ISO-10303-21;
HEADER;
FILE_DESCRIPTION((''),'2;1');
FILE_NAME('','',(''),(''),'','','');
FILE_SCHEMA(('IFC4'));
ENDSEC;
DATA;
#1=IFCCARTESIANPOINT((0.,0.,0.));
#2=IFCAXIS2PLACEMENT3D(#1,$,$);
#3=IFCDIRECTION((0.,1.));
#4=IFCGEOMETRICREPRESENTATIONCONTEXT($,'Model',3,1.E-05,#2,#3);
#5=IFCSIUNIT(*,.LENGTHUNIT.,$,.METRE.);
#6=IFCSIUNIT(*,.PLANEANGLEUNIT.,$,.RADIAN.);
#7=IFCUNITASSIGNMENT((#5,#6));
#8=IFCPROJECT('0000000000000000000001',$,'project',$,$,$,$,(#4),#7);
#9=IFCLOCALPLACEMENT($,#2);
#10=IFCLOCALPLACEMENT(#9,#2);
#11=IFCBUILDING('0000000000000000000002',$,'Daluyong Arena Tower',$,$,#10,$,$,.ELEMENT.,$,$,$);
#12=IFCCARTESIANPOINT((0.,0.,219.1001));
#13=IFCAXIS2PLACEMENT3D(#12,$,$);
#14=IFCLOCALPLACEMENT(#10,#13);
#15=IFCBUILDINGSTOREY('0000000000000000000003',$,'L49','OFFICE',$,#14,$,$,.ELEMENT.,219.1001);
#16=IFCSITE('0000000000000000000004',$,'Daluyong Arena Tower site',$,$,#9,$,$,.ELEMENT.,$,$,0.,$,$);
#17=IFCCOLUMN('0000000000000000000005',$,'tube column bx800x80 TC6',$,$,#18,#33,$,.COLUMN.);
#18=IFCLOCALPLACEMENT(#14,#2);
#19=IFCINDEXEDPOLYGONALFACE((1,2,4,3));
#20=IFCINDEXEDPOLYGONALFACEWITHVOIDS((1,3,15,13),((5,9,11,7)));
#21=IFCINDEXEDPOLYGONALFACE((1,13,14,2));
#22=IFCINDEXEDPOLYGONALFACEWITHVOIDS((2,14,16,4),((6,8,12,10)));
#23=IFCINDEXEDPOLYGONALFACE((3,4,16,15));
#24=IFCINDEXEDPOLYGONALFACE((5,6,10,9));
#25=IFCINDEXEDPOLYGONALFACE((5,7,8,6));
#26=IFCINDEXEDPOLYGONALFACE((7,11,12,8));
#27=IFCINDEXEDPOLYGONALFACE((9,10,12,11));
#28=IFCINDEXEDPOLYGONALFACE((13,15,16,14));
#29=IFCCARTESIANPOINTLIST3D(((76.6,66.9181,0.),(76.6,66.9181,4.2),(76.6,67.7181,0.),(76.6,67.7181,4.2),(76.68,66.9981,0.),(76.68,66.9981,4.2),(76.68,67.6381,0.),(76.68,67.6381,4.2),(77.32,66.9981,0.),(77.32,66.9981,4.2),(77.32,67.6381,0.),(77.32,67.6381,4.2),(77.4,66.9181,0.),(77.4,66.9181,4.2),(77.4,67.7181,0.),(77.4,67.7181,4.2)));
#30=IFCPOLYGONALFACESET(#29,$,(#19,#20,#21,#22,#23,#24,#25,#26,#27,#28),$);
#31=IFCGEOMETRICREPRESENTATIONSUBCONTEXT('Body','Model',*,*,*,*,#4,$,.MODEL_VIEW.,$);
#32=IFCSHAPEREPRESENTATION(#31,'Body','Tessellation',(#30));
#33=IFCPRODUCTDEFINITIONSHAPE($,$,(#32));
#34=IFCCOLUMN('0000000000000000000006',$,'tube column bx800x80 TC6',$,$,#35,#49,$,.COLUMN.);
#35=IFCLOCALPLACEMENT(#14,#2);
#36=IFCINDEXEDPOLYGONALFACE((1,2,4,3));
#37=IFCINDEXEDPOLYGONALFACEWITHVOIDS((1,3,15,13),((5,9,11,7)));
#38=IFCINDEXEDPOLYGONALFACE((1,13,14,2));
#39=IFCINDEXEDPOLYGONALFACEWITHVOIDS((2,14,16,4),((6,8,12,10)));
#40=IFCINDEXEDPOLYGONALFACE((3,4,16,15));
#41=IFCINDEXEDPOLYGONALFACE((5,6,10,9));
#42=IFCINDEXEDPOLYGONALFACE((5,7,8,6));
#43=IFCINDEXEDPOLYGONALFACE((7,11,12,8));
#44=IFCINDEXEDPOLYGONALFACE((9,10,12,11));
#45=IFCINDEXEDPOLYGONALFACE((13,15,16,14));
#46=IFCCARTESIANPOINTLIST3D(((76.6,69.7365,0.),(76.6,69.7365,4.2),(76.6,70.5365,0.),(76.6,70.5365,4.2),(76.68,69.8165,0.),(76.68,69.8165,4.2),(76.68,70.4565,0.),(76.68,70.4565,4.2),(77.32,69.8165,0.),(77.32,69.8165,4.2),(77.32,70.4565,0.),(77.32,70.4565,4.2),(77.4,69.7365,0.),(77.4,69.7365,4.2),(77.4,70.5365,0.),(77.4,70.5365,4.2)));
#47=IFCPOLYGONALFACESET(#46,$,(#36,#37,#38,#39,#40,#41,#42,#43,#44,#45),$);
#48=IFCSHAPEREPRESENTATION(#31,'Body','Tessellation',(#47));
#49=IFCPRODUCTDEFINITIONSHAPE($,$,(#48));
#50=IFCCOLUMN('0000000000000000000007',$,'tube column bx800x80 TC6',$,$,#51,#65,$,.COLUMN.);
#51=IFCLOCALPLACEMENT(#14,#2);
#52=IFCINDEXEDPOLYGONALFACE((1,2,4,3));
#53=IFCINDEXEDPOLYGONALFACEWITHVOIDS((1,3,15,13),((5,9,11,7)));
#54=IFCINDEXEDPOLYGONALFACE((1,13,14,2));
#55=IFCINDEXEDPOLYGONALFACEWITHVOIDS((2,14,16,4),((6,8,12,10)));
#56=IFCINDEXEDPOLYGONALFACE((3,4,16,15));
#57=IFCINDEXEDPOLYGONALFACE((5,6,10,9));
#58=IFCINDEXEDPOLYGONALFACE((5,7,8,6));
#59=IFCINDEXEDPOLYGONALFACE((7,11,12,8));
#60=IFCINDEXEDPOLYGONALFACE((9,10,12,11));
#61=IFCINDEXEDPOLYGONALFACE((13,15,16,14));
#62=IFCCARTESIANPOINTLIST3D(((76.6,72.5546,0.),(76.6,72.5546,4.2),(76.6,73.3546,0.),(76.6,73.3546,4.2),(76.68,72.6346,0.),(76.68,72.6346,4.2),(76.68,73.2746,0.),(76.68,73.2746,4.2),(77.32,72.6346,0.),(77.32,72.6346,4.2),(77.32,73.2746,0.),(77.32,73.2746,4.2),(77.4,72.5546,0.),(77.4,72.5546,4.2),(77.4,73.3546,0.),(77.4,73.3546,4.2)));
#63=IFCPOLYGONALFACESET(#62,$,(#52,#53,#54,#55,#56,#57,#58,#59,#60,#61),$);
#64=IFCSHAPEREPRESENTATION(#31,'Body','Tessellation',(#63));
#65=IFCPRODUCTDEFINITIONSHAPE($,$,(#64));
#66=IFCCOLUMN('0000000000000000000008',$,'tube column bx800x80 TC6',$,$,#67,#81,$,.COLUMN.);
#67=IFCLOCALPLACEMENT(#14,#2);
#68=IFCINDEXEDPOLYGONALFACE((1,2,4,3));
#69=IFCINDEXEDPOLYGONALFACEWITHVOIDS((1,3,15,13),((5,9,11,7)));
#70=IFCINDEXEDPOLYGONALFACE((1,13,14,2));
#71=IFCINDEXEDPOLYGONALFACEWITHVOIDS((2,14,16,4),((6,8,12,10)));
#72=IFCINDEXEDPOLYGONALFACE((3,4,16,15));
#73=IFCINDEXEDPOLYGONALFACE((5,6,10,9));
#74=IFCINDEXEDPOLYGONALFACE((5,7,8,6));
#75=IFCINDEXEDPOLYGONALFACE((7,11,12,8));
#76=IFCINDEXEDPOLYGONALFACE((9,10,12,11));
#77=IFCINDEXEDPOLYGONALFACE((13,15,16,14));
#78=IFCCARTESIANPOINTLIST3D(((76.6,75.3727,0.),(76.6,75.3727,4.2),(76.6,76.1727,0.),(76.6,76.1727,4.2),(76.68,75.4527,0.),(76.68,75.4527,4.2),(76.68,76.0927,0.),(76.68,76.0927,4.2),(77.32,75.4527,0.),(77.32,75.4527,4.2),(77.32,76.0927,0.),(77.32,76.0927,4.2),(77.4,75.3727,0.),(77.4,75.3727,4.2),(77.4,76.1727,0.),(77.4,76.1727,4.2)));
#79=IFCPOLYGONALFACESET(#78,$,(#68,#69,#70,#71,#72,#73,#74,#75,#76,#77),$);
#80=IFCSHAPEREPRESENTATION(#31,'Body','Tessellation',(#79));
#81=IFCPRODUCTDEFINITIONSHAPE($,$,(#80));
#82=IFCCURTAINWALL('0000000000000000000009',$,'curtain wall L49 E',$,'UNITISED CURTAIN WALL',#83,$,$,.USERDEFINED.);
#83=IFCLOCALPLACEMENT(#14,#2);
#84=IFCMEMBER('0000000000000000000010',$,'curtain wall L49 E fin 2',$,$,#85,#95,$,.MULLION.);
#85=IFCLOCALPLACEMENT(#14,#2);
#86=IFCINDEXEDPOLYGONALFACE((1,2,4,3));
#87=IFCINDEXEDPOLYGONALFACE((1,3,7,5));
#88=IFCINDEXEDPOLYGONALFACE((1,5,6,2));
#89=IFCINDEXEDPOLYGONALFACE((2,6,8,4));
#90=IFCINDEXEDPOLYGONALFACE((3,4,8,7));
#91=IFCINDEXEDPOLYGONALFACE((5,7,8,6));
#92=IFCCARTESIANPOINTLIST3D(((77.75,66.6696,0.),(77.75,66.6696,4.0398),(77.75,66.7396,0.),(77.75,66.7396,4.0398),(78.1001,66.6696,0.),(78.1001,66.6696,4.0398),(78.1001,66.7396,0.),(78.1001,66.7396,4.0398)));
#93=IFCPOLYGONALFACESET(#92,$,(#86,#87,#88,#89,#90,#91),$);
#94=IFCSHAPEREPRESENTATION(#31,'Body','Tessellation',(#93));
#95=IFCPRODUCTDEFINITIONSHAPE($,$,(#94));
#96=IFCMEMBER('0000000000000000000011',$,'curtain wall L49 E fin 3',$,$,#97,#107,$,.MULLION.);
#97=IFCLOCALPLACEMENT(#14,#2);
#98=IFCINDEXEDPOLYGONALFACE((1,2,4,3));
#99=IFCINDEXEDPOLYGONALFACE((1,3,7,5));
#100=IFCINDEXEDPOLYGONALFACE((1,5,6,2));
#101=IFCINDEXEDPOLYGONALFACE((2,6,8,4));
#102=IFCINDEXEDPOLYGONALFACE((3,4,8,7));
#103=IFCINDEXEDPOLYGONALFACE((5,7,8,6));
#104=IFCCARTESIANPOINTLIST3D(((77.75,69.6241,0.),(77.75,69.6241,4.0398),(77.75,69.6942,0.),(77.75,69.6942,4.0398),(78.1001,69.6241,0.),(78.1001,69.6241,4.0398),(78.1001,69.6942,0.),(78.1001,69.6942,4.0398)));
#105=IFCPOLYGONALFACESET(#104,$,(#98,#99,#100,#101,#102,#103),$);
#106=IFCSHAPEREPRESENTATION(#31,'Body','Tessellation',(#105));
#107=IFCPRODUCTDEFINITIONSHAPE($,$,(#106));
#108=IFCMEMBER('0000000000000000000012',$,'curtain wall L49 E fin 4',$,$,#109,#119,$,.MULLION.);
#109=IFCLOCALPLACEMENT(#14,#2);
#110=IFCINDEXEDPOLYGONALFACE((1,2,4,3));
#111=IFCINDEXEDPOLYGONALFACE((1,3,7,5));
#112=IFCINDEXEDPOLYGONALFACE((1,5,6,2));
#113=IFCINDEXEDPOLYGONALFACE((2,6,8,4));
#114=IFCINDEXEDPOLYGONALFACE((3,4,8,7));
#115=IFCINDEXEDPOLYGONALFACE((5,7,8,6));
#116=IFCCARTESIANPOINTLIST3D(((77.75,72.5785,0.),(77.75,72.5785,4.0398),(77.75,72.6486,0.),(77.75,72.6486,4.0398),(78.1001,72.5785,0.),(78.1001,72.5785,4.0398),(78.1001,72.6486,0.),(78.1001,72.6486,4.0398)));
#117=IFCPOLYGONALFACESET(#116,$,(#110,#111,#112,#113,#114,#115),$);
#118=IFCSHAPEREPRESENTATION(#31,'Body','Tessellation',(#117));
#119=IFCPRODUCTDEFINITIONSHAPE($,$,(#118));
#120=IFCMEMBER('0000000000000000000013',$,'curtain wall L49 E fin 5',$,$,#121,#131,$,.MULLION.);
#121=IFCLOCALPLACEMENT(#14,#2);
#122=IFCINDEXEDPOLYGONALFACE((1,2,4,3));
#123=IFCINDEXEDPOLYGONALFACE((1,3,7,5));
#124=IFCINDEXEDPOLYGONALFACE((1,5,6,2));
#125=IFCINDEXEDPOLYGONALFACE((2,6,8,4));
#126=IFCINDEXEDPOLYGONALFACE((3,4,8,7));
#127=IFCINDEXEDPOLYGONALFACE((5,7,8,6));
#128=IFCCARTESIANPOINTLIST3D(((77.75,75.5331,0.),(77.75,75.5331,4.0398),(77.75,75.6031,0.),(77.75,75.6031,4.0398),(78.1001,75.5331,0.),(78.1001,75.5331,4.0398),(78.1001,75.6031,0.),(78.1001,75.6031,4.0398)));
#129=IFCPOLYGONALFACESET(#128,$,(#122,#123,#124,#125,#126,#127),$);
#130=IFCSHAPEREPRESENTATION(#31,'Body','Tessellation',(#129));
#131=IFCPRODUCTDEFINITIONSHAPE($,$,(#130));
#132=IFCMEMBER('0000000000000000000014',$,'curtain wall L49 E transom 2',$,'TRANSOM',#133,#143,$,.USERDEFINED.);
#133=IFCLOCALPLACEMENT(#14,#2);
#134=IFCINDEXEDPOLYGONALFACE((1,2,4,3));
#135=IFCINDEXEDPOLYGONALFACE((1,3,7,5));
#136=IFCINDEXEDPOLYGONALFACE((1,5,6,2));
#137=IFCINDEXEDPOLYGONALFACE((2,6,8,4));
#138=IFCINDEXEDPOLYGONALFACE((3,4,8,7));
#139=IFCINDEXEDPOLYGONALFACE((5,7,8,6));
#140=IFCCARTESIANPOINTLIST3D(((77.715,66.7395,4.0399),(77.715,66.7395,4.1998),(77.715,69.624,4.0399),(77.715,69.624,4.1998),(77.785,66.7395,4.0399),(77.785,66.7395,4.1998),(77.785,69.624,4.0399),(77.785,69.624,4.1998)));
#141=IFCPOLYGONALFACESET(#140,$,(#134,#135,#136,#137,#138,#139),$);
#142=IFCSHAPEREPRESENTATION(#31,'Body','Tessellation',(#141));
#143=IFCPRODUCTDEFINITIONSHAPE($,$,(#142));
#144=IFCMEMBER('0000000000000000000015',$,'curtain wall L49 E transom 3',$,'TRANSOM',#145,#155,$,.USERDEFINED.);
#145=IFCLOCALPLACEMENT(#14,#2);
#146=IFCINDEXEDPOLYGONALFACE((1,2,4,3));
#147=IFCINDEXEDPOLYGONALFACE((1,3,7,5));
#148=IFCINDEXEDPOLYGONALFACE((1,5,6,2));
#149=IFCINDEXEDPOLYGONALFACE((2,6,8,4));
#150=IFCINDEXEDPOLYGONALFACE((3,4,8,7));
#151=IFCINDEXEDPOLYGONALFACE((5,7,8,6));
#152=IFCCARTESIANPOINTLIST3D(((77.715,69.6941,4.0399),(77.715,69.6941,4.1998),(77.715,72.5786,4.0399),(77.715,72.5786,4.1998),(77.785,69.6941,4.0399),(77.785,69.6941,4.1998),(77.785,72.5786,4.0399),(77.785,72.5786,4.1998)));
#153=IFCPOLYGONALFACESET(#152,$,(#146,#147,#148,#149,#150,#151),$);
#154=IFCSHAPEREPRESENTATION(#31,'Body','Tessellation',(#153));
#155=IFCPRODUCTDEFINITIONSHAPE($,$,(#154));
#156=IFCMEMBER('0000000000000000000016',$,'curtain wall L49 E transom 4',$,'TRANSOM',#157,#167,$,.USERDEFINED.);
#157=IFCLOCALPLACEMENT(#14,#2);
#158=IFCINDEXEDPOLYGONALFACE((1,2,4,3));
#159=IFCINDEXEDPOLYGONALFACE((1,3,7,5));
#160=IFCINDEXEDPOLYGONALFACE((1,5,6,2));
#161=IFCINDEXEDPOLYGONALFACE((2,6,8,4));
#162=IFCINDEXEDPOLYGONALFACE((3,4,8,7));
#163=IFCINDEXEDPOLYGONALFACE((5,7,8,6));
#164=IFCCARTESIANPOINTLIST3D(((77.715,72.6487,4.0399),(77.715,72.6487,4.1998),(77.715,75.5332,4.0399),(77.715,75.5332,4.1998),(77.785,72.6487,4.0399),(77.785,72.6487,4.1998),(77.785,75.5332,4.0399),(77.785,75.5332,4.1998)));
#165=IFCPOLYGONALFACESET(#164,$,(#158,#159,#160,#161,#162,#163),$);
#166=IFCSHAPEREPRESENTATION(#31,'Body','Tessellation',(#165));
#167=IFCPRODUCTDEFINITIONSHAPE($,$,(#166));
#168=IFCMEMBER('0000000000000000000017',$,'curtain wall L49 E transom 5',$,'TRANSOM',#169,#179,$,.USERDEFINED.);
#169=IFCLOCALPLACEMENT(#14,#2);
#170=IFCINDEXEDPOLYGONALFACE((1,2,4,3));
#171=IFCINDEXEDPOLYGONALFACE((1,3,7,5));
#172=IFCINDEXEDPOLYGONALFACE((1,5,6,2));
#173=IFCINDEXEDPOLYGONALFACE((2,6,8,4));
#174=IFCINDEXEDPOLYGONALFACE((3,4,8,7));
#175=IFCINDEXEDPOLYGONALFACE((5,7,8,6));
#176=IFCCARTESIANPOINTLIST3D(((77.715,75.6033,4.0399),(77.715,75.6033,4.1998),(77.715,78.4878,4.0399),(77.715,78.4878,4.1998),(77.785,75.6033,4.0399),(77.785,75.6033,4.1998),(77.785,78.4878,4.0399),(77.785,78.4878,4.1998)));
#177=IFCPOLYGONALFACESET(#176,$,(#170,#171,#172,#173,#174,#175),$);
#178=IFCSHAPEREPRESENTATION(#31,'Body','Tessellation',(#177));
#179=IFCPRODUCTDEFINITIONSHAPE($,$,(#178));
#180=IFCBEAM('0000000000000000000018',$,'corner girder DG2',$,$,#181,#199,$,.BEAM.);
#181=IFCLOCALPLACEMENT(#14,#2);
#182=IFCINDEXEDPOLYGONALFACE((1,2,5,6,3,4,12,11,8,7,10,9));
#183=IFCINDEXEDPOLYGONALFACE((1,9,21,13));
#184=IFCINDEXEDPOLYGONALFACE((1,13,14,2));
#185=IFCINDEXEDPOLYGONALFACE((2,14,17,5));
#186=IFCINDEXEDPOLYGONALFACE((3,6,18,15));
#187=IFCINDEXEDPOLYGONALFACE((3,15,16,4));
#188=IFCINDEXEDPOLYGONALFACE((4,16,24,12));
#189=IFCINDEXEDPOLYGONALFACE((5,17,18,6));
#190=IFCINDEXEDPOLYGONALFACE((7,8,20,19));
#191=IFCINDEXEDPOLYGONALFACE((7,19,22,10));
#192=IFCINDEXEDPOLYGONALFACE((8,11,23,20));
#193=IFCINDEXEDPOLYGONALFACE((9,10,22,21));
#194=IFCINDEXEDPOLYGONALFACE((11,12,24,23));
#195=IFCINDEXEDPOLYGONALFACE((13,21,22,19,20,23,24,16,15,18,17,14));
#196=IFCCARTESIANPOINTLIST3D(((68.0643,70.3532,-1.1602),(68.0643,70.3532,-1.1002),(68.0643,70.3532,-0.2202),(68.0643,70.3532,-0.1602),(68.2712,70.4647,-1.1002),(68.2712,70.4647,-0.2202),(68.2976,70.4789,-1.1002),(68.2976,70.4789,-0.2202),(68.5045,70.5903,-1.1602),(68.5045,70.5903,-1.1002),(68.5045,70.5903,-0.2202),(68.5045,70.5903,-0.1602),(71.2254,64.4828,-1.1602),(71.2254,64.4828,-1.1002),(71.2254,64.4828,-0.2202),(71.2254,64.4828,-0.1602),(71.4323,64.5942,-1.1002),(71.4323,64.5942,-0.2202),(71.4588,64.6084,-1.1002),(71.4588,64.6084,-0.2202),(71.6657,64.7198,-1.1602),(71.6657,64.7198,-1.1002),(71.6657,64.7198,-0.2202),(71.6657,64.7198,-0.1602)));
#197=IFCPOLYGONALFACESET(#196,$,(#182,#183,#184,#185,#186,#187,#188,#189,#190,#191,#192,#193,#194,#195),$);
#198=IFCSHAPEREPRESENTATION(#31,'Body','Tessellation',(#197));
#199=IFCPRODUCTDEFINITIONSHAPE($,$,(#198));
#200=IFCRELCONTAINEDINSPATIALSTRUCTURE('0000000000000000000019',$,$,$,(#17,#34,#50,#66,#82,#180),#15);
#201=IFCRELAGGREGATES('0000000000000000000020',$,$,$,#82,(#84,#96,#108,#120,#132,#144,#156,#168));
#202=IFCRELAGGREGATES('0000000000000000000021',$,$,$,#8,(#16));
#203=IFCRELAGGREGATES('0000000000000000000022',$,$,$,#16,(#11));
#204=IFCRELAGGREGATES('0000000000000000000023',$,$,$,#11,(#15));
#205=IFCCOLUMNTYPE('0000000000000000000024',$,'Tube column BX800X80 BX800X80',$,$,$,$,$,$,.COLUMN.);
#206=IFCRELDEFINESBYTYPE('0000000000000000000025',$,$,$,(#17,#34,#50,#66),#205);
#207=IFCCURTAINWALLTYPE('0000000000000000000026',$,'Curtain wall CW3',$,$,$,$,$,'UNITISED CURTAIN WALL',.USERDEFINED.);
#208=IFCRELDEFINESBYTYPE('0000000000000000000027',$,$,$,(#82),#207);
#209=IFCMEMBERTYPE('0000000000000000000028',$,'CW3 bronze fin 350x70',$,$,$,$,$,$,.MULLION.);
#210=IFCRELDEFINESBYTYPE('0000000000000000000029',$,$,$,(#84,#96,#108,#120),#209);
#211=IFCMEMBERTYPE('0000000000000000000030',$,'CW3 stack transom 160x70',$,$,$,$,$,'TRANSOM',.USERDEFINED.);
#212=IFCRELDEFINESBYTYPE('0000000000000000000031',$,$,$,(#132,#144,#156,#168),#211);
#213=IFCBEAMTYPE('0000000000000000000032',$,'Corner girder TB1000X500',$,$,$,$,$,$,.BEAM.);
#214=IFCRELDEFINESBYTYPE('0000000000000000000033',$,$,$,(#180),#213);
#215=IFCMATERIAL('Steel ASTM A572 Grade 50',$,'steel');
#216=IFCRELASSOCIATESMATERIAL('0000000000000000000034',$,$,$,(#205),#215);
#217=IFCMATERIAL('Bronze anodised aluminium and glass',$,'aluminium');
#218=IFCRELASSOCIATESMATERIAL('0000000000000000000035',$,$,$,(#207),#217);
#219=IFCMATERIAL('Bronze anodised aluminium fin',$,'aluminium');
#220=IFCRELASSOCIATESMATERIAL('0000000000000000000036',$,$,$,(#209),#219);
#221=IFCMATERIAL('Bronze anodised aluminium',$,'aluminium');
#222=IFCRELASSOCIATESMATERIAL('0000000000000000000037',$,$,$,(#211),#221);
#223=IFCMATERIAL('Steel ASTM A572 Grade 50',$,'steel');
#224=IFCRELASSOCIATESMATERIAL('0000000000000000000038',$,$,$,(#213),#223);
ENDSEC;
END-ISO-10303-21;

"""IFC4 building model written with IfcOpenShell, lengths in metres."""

from ifc_helpers import new_model, si_unit, direction, frame, origin, origin_2d, place, context, subcontext, project, spatial, rectangle, hollow_rectangle, i_section, extrude, material, material_profile, profile_set, type_object, element, aggregate, save


model = new_model("IFC4")

# Units and contexts
model_context = context("Model", 3, precision=1e-05, world=origin(), true_north=direction((0.0, 1.0)))
body_context = subcontext(model_context, "Body", "Model", "MODEL_VIEW")
ifc_project = project(units=[si_unit("LENGTHUNIT", "METRE"), si_unit("PLANEANGLEUNIT", "RADIAN")], contexts=[model_context])

# Site, building, storey
site_placement = place(None, origin())
site = spatial("IfcSite", under=ifc_project, at=site_placement, Name="Daluyong Arena Tower site", CompositionType="ELEMENT", RefElevation=0.0)
building_placement = place(site_placement, origin())
building = spatial("IfcBuilding", under=site, at=building_placement, Name="Daluyong Arena Tower", CompositionType="ELEMENT")
storey_placement = place(building_placement, frame((0.0, 0.0, 219.1001)))
storey = spatial("IfcBuildingStorey", under=building, at=storey_placement, Name="L49", Description="OFFICE", CompositionType="ELEMENT", Elevation=219.1001)

# Columns
ifc_material_1 = material(Name="Steel ASTM A572 Grade 50", Category="steel")
ifc_material_profile_1 = material_profile(ifc_material_1, hollow_rectangle(XDim=0.8, YDim=0.8, WallThickness=0.08, at=origin_2d()))
ifc_profile_set_1 = profile_set([ifc_material_profile_1], Name="Steel ASTM A572 Grade 50")
column_type = type_object("IfcColumnType", Name="Tube column BX800X80 BX800X80", PredefinedType="COLUMN", material=ifc_profile_set_1)
for number, where, z_axis, x_axis, name in (
    (1, (77.0, 67.3181, 0.0), (0.0, 0.0, 1.0), (0.0, 1.0, 0.0), "tube column bx800x80 TC6"),
    (2, (77.0, 70.1365, 0.0), (0.0, 0.0, 1.0), (0.0, 1.0, 0.0), "tube column bx800x80 TC6"),
    (3, (77.0, 72.9546, 0.0), (0.0, 0.0, 1.0), (0.0, 1.0, 0.0), "tube column bx800x80 TC6"),
    (4, (77.0, 75.7727, 0.0), (0.0, 0.0, 1.0), (0.0, 1.0, 0.0), "tube column bx800x80 TC6"),
):
    element("IfcColumn", number, at=place(storey_placement, frame(where, z_axis=z_axis, x_axis=x_axis)), inside=storey, type_object=column_type, Name=name, PredefinedType="COLUMN", context=body_context, shape_type="SweptSolid", body=[
        extrude(hollow_rectangle(XDim=0.8, YDim=0.8, WallThickness=0.08, at=origin_2d()), origin(), (0.0, 0.0, 1.0), 4.2),
    ])

# Curtain wall, members
ifc_material_2 = material(Name="Bronze anodised aluminium and glass", Category="aluminium")
curtain_wall_type = type_object("IfcCurtainWallType", Name="Curtain wall CW3", ElementType="UNITISED CURTAIN WALL", PredefinedType="USERDEFINED", material=ifc_material_2)
curtain_wall_placement = place(storey_placement, origin())
curtain_wall = element("IfcCurtainWall", 5, at=curtain_wall_placement, inside=storey, type_object=curtain_wall_type, Name="curtain wall L49 E", ObjectType="UNITISED CURTAIN WALL", PredefinedType="USERDEFINED")
ifc_material_3 = material(Name="Bronze anodised aluminium fin", Category="aluminium")
ifc_material_profile_2 = material_profile(ifc_material_3, rectangle(XDim=0.3501, YDim=0.0701, at=origin_2d()))
ifc_profile_set_2 = profile_set([ifc_material_profile_2], Name="Bronze anodised aluminium fin")
member_type_1 = type_object("IfcMemberType", Name="CW3 bronze fin 350x70", PredefinedType="MULLION", material=ifc_profile_set_2)
member_1_placement = place(storey_placement, frame((77.925, 66.7046, 0.0), z_axis=(0.0, 0.0, 1.0), x_axis=(-1.0, 0.0, 0.0)))
member_1 = element("IfcMember", 6, at=member_1_placement, type_object=member_type_1, Name="curtain wall L49 E fin 2", PredefinedType="MULLION", context=body_context, shape_type="SweptSolid", body=[
    extrude(rectangle(XDim=0.3501, YDim=0.0701, at=origin_2d()), origin(), (0.0, 0.0, 1.0), 4.0398),
])
member_2_placement = place(storey_placement, frame((77.925, 69.6592, 0.0), z_axis=(0.0, 0.0, 1.0), x_axis=(-1.0, 0.0, 0.0)))
member_2 = element("IfcMember", 7, at=member_2_placement, type_object=member_type_1, Name="curtain wall L49 E fin 3", PredefinedType="MULLION", context=body_context, shape_type="SweptSolid", body=[
    extrude(rectangle(XDim=0.3501, YDim=0.0701, at=origin_2d()), origin(), (0.0, 0.0, 1.0), 4.0398),
])
member_3_placement = place(storey_placement, frame((77.925, 72.6135, 0.0), z_axis=(0.0, 0.0, 1.0), x_axis=(-1.0, 0.0, 0.0)))
member_3 = element("IfcMember", 8, at=member_3_placement, type_object=member_type_1, Name="curtain wall L49 E fin 4", PredefinedType="MULLION", context=body_context, shape_type="SweptSolid", body=[
    extrude(rectangle(XDim=0.3501, YDim=0.0701, at=origin_2d()), origin(), (0.0, 0.0, 1.0), 4.0398),
])
member_4_placement = place(storey_placement, frame((77.925, 75.5681, 0.0), z_axis=(0.0, 0.0, 1.0), x_axis=(-1.0, 0.0, 0.0)))
member_4 = element("IfcMember", 9, at=member_4_placement, type_object=member_type_1, Name="curtain wall L49 E fin 5", PredefinedType="MULLION", context=body_context, shape_type="SweptSolid", body=[
    extrude(rectangle(XDim=0.3501, YDim=0.0701, at=origin_2d()), origin(), (0.0, 0.0, 1.0), 4.0398),
])
ifc_material_4 = material(Name="Bronze anodised aluminium", Category="aluminium")
ifc_material_profile_3 = material_profile(ifc_material_4, rectangle(XDim=0.0701, YDim=0.1599, at=origin_2d()))
ifc_profile_set_3 = profile_set([ifc_material_profile_3], Name="Bronze anodised aluminium")
member_type_2 = type_object("IfcMemberType", Name="CW3 stack transom 160x70", ElementType="TRANSOM", PredefinedType="USERDEFINED", material=ifc_profile_set_3)
member_5_placement = place(storey_placement, frame((77.75, 66.7395, 4.1199), z_axis=(0.0, 1.0, 0.0), x_axis=(-1.0, 0.0, 0.0)))
member_5 = element("IfcMember", 10, at=member_5_placement, type_object=member_type_2, Name="curtain wall L49 E transom 2", ObjectType="TRANSOM", PredefinedType="USERDEFINED", context=body_context, shape_type="SweptSolid", body=[
    extrude(rectangle(XDim=0.0701, YDim=0.1599, at=origin_2d()), origin(), (0.0, 0.0, 1.0), 2.8845),
])
member_6_placement = place(storey_placement, frame((77.75, 69.6941, 4.1199), z_axis=(0.0, 1.0, 0.0), x_axis=(-1.0, 0.0, 0.0)))
member_6 = element("IfcMember", 11, at=member_6_placement, type_object=member_type_2, Name="curtain wall L49 E transom 3", ObjectType="TRANSOM", PredefinedType="USERDEFINED", context=body_context, shape_type="SweptSolid", body=[
    extrude(rectangle(XDim=0.0701, YDim=0.1599, at=origin_2d()), origin(), (0.0, 0.0, 1.0), 2.8845),
])
member_7_placement = place(storey_placement, frame((77.75, 72.6487, 4.1199), z_axis=(0.0, 1.0, 0.0), x_axis=(-1.0, 0.0, 0.0)))
member_7 = element("IfcMember", 12, at=member_7_placement, type_object=member_type_2, Name="curtain wall L49 E transom 4", ObjectType="TRANSOM", PredefinedType="USERDEFINED", context=body_context, shape_type="SweptSolid", body=[
    extrude(rectangle(XDim=0.0701, YDim=0.1599, at=origin_2d()), origin(), (0.0, 0.0, 1.0), 2.8845),
])
member_8_placement = place(storey_placement, frame((77.75, 75.6033, 4.1199), z_axis=(0.0, 1.0, 0.0), x_axis=(-1.0, 0.0, 0.0)))
member_8 = element("IfcMember", 13, at=member_8_placement, type_object=member_type_2, Name="curtain wall L49 E transom 5", ObjectType="TRANSOM", PredefinedType="USERDEFINED", context=body_context, shape_type="SweptSolid", body=[
    extrude(rectangle(XDim=0.0701, YDim=0.1599, at=origin_2d()), origin(), (0.0, 0.0, 1.0), 2.8845),
])

# Beam
ifc_material_5 = material(Name="Steel ASTM A572 Grade 50", Category="steel")
ifc_material_profile_4 = material_profile(ifc_material_5, i_section(OverallWidth=0.5, OverallDepth=1.0, WebThickness=0.03, FlangeThickness=0.06, at=origin_2d()))
ifc_profile_set_4 = profile_set([ifc_material_profile_4], Name="Steel ASTM A572 Grade 50")
beam_type_1 = type_object("IfcBeamType", Name="Corner girder TB1000X500", PredefinedType="BEAM", material=ifc_profile_set_4)
beam_1_placement = place(storey_placement, frame((71.4456, 64.6013, -0.6602), z_axis=(-0.474119, 0.880461, 0.0), x_axis=(-0.880461, -0.474119, 0.0)))
element("IfcBeam", 14, at=beam_1_placement, inside=storey, type_object=beam_type_1, Name="corner girder DG2", PredefinedType="BEAM", context=body_context, shape_type="SweptSolid", body=[
    extrude(i_section(OverallWidth=0.5, OverallDepth=1.0, WebThickness=0.03, FlangeThickness=0.06, at=origin_2d()), origin(), (0.0, 0.0, 1.0), 6.6675),
])

aggregate(curtain_wall, [member_1, member_2, member_3, member_4, member_5, member_6, member_7, member_8])

save(model, "model.ifc")
